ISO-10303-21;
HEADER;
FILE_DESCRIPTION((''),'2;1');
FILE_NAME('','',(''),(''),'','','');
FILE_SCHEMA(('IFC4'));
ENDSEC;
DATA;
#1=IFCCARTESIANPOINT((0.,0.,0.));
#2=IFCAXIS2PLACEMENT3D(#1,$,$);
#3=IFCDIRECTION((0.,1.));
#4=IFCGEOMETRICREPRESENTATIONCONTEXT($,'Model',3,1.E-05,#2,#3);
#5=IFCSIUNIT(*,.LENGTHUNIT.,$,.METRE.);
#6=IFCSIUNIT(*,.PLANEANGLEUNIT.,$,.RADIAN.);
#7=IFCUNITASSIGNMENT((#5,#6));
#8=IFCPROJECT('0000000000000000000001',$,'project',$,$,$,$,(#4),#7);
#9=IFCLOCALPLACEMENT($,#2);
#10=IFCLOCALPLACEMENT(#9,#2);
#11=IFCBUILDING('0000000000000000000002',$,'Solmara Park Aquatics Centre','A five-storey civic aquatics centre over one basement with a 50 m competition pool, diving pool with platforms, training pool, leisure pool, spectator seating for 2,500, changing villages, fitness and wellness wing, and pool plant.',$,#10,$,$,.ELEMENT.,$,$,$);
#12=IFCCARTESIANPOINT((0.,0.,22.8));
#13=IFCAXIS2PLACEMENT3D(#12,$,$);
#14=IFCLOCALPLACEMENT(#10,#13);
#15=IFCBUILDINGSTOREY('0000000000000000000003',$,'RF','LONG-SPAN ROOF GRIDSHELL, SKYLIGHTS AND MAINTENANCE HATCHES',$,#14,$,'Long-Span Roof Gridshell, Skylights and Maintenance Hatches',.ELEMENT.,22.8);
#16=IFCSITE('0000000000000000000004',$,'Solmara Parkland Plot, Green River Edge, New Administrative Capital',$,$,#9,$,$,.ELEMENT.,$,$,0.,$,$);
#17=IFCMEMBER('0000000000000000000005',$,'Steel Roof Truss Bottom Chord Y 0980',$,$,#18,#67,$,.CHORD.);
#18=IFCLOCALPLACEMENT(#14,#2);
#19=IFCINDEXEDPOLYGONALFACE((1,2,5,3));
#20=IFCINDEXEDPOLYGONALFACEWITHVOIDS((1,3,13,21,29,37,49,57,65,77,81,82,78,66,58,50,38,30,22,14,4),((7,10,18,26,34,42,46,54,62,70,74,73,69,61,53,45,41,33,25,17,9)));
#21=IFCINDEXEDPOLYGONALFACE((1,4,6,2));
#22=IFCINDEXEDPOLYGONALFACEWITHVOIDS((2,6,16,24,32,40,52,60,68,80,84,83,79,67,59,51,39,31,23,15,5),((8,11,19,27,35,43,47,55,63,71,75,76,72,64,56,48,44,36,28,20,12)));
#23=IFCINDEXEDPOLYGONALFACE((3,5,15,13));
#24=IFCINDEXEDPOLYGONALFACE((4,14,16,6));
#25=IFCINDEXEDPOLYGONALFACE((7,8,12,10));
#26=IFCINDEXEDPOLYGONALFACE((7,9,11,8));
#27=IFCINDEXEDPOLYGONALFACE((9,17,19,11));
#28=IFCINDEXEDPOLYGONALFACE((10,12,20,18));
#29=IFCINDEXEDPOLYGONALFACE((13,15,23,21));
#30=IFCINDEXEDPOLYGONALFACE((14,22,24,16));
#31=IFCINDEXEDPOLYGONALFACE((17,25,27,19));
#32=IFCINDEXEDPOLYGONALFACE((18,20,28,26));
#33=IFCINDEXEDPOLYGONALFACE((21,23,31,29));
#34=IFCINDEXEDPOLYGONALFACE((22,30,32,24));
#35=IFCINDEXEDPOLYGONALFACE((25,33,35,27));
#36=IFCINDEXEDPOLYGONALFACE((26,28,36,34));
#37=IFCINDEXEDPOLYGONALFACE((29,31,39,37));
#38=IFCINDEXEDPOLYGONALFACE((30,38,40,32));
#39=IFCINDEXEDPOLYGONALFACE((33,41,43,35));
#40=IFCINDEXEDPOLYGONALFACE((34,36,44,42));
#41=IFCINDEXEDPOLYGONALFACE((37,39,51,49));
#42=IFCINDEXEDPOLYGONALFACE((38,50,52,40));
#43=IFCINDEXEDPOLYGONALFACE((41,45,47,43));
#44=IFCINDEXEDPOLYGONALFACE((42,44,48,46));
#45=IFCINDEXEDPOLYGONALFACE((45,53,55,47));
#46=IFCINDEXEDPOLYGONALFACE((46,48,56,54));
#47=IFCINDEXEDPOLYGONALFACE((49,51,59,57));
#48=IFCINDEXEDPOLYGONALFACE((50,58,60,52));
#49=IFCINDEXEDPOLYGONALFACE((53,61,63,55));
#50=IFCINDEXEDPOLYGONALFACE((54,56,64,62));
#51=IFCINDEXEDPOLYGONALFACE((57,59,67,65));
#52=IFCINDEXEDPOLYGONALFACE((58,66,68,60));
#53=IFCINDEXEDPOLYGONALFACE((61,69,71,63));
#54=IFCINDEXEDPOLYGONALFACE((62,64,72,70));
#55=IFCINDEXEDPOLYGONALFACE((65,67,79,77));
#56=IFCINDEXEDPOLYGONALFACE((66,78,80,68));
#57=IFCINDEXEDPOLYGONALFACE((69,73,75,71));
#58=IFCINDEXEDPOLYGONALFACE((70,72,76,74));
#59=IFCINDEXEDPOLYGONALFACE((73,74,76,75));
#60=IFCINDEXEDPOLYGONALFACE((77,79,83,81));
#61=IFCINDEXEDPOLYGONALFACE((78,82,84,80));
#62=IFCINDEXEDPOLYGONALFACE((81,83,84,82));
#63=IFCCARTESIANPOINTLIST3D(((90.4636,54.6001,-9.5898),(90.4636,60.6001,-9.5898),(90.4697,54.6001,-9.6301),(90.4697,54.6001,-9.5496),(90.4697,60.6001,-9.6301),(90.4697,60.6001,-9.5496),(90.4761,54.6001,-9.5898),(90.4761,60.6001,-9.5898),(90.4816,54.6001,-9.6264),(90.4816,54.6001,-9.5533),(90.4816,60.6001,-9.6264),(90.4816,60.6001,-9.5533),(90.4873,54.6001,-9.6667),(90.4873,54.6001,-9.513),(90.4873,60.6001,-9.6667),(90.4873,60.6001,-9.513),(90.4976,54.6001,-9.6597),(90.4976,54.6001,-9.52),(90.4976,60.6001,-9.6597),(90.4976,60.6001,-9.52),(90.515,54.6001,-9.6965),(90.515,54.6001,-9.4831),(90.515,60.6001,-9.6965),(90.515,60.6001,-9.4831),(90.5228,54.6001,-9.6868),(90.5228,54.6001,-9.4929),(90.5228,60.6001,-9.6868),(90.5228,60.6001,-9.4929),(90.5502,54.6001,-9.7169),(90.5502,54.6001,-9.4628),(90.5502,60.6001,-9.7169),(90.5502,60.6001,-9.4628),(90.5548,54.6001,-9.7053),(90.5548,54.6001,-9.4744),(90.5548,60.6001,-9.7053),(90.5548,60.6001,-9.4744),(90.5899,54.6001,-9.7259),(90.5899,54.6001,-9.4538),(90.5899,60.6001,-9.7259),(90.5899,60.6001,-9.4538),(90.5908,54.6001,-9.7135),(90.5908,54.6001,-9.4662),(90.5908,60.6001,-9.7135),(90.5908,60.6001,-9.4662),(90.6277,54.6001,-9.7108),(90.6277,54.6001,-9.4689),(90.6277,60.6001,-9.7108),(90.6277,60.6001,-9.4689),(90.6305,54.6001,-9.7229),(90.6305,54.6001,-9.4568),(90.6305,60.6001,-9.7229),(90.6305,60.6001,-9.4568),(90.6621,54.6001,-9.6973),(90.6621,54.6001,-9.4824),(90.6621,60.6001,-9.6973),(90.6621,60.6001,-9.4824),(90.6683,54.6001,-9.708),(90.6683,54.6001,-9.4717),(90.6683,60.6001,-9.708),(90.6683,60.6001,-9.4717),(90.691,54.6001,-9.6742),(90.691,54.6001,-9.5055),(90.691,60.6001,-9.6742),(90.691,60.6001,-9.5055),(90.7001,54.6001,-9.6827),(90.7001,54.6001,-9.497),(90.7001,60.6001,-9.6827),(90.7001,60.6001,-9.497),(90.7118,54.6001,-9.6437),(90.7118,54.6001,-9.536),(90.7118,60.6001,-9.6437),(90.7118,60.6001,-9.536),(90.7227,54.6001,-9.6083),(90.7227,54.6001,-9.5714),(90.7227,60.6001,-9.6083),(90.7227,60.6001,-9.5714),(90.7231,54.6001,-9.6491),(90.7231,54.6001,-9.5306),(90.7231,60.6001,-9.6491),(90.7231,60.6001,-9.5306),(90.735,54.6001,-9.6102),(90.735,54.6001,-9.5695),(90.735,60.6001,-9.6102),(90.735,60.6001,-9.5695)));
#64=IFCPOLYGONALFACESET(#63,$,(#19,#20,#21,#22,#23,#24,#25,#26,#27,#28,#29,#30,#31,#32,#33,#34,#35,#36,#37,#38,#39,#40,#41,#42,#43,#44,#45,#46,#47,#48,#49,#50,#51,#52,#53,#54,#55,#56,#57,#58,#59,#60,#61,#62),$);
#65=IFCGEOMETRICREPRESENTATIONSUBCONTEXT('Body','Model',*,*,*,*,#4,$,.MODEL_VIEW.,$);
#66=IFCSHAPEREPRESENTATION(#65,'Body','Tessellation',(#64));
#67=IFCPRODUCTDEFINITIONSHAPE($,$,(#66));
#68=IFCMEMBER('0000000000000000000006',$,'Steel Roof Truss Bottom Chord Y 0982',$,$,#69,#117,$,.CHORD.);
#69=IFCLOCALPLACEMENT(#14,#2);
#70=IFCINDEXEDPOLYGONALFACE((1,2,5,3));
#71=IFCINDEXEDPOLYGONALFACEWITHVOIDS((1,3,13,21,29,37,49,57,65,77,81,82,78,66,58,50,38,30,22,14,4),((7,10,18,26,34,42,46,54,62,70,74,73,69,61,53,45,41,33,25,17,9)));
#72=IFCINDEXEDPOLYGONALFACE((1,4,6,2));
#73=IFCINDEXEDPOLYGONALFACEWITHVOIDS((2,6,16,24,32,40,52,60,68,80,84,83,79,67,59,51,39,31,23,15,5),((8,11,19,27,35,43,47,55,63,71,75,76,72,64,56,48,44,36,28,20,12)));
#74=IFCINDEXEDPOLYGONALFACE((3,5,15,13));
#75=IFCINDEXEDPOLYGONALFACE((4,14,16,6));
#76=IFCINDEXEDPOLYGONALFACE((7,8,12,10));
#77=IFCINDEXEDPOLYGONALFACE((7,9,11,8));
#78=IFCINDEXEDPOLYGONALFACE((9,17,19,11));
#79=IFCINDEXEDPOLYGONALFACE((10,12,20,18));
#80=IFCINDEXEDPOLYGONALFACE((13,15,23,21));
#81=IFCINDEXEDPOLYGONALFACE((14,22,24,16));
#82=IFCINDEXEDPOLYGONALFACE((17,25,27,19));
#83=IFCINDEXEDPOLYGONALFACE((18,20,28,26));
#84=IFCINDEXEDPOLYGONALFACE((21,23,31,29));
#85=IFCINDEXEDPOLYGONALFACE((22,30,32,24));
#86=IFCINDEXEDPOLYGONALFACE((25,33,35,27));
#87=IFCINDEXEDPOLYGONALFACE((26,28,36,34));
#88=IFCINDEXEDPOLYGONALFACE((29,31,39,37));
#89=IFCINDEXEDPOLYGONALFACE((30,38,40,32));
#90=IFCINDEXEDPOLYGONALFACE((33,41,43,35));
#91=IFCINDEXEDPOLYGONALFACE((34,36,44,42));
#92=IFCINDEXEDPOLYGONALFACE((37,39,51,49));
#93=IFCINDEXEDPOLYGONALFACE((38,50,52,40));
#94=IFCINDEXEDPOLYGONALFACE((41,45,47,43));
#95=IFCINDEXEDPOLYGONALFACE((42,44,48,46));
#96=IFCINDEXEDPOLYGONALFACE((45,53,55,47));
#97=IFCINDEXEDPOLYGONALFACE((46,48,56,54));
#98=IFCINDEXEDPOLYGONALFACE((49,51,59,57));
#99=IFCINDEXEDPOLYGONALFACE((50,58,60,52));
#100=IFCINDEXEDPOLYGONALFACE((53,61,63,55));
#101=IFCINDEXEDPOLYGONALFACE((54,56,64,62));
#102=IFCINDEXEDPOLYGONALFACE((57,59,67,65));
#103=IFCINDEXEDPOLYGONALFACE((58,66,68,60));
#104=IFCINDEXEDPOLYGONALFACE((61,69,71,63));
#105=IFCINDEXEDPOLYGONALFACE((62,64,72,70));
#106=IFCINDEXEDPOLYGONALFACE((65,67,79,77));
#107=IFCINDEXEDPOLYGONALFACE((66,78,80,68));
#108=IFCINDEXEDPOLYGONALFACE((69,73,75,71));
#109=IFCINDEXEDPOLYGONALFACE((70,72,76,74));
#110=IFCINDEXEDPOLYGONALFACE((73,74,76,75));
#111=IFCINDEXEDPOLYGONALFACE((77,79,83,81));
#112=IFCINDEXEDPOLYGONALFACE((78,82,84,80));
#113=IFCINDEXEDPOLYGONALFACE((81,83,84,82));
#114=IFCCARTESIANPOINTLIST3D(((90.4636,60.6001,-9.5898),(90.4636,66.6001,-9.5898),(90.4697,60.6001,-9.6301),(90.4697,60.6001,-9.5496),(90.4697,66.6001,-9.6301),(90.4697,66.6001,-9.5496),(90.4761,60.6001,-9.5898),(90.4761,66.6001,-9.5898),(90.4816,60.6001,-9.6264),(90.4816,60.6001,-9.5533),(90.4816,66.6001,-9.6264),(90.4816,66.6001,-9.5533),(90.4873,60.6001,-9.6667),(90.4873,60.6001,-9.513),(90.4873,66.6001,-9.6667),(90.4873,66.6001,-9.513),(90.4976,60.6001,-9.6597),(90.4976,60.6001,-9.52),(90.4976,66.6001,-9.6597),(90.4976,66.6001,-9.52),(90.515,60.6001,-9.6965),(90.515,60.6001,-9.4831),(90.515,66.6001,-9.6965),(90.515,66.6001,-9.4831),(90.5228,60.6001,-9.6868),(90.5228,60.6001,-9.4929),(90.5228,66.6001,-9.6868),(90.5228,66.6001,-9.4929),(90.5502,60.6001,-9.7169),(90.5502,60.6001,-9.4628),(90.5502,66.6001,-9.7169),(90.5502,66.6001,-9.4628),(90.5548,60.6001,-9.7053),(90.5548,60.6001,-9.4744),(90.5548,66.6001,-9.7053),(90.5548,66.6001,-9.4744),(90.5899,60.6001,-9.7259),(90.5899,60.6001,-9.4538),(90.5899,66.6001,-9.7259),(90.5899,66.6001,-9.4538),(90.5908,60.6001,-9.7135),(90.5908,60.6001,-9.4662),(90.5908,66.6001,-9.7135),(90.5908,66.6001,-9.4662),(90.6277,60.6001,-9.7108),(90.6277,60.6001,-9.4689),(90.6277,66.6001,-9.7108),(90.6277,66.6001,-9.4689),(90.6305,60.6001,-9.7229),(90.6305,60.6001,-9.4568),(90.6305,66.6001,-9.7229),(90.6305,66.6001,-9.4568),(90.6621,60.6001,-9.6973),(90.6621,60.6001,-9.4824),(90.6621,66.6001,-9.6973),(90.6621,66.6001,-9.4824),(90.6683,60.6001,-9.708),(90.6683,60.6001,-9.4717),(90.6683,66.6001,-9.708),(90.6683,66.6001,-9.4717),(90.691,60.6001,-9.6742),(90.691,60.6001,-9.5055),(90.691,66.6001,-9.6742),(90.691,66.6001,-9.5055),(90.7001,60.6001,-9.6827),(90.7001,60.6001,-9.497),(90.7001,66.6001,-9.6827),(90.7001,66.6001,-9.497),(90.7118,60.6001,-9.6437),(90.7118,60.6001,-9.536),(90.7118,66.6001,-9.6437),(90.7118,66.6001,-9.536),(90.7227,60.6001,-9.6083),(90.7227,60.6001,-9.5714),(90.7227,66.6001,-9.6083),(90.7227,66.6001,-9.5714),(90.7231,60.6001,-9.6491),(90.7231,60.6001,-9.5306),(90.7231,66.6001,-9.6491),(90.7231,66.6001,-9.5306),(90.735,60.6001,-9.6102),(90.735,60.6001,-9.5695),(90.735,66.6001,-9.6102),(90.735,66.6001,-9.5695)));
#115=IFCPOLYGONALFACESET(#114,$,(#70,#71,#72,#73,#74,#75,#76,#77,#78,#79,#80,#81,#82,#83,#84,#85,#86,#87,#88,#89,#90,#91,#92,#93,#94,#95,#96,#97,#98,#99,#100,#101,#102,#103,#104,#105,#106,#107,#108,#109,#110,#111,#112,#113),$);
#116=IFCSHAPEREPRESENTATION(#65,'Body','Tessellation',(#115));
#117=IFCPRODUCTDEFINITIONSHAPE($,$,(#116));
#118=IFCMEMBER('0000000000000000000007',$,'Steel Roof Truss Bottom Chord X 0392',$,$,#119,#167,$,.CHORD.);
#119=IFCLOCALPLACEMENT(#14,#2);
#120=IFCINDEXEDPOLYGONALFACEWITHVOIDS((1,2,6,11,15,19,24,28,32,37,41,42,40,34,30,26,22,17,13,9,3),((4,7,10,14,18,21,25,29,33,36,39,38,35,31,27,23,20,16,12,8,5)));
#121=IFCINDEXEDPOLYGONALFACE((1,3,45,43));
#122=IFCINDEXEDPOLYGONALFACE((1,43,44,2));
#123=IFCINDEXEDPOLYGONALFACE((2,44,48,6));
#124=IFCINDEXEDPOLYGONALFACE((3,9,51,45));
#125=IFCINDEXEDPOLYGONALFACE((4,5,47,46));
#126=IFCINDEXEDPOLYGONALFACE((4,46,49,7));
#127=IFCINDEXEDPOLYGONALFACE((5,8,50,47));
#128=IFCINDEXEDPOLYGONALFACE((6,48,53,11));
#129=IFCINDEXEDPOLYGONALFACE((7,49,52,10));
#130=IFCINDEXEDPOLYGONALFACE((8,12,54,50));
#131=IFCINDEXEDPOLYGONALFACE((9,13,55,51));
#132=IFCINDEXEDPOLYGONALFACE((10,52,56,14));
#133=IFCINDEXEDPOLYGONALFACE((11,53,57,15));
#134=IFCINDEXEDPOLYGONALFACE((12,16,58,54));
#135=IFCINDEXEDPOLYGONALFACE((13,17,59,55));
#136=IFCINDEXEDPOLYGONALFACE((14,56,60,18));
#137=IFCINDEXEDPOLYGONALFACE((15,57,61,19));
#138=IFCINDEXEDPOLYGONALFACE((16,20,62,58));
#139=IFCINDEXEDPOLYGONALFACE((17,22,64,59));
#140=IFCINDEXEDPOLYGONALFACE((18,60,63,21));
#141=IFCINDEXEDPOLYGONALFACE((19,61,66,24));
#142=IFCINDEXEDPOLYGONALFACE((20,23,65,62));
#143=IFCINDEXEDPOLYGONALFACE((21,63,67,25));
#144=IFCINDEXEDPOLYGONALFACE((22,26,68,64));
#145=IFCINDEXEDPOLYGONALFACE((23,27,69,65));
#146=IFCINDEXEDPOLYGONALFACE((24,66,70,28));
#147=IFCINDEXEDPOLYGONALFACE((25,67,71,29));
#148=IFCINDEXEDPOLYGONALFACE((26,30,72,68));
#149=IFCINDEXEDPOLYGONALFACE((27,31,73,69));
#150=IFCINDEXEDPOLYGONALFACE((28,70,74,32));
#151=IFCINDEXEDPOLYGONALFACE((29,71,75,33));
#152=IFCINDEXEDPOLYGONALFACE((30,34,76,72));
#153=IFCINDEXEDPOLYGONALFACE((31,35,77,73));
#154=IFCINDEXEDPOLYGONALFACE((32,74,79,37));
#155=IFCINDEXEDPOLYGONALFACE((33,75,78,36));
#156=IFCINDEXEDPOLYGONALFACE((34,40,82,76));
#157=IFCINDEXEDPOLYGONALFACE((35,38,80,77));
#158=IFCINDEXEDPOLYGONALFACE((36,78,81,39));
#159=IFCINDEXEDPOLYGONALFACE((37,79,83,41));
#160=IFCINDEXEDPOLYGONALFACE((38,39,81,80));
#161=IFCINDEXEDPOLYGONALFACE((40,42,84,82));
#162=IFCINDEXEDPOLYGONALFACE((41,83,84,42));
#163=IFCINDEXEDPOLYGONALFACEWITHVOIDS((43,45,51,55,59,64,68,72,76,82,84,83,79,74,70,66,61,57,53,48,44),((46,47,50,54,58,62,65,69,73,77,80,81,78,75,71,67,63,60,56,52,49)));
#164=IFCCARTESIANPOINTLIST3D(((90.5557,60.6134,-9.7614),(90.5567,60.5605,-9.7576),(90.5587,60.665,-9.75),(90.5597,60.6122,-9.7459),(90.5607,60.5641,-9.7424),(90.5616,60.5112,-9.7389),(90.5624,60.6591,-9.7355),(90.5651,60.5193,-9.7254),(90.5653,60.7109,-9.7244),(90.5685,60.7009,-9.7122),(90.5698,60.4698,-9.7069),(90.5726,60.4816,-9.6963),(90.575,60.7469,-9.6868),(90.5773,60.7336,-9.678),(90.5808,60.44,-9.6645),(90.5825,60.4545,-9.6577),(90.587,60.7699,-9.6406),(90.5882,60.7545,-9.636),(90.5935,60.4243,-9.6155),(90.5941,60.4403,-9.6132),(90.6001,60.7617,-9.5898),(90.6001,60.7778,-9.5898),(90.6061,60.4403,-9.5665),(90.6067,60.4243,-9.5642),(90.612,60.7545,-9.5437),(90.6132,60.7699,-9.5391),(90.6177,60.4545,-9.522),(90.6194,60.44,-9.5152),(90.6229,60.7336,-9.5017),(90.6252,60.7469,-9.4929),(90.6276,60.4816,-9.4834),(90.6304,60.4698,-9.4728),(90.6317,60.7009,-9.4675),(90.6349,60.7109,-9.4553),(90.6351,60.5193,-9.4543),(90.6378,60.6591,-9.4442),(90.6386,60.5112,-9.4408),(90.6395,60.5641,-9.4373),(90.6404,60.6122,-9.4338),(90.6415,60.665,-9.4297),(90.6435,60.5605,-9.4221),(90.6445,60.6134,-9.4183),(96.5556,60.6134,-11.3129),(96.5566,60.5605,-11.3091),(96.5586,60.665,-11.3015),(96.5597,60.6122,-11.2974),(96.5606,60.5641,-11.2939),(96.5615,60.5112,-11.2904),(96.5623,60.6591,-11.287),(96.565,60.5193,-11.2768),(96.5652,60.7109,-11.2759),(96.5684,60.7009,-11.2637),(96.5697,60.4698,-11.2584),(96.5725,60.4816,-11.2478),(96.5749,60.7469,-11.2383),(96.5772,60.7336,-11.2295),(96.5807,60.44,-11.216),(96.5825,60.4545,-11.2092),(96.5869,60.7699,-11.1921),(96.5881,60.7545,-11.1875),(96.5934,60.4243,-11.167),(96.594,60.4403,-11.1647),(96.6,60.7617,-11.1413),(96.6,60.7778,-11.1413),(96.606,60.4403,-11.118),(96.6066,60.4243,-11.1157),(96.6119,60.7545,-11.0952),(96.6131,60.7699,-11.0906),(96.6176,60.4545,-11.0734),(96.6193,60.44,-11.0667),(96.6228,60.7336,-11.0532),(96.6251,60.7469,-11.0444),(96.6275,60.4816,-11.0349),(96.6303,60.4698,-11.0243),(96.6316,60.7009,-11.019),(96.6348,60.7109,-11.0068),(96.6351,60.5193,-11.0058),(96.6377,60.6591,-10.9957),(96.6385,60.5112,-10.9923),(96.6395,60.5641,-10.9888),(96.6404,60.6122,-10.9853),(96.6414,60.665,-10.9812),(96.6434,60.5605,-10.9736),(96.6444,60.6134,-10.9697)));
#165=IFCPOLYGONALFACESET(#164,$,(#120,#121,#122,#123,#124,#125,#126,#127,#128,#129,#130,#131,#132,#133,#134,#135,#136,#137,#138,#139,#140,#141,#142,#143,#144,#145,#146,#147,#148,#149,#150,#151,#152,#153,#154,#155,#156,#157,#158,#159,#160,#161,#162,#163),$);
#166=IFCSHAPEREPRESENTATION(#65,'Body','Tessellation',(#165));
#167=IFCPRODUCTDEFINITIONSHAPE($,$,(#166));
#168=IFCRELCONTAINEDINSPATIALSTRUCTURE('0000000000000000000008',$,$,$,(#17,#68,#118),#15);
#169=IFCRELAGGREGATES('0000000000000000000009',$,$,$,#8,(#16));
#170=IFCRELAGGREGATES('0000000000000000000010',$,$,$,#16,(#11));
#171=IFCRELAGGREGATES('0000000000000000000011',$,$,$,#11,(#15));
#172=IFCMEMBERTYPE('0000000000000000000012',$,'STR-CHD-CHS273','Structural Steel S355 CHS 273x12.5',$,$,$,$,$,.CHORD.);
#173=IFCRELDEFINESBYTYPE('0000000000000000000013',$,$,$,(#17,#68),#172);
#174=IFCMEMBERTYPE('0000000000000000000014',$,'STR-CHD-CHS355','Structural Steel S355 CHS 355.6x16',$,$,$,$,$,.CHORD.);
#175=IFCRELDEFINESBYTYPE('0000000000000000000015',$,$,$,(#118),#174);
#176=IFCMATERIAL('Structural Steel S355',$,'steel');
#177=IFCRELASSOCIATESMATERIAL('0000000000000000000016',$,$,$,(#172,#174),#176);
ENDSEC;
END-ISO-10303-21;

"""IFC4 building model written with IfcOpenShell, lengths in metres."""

from ifc_helpers import new_model, si_unit, direction, frame, origin, origin_2d, place, context, subcontext, project, spatial, hollow_circle, extrude, material, material_profile, profile_set, type_object, element, save


model = new_model("IFC4")

# Units and contexts
model_context = context("Model", 3, precision=1e-05, world=origin(), true_north=direction((0.0, 1.0)))
body_context = subcontext(model_context, "Body", "Model", "MODEL_VIEW")
ifc_project = project(units=[si_unit("LENGTHUNIT", "METRE"), si_unit("PLANEANGLEUNIT", "RADIAN")], contexts=[model_context])

# Site, building, storey
site_placement = place(None, origin())
site = spatial("IfcSite", under=ifc_project, at=site_placement, Name="Solmara Parkland Plot, Green River Edge, New Administrative Capital", CompositionType="ELEMENT", RefElevation=0.0)
building_placement = place(site_placement, origin())
building = spatial("IfcBuilding", under=site, at=building_placement, Name="Solmara Park Aquatics Centre", Description="A five-storey civic aquatics centre over one basement with a 50 m competition pool, diving pool with platforms, training pool, leisure pool, spectator seating for 2,500, changing villages, fitness and wellness wing, and pool plant.", CompositionType="ELEMENT")
storey_placement = place(building_placement, frame((0.0, 0.0, 22.8)))
storey = spatial("IfcBuildingStorey", under=building, at=storey_placement, Name="RF", Description="LONG-SPAN ROOF GRIDSHELL, SKYLIGHTS AND MAINTENANCE HATCHES", LongName="Long-Span Roof Gridshell, Skylights and Maintenance Hatches", CompositionType="ELEMENT", Elevation=22.8)

# Members
ifc_material_1 = material(Name="Structural Steel S355", Category="steel")
ifc_material_profile_1 = material_profile(ifc_material_1, hollow_circle(Radius=0.1365, WallThickness=0.0125, at=origin_2d()), Name="CHS 273x12.5")
ifc_profile_set_1 = profile_set([ifc_material_profile_1], Name="Structural Steel S355")
member_type_1 = type_object("IfcMemberType", Name="STR-CHD-CHS273", Description="Structural Steel S355 CHS 273x12.5", PredefinedType="CHORD", material=ifc_profile_set_1)
for number, where, z_axis, x_axis, name in (
    (1, (90.6001, 54.6001, -9.5898), (0.0, 1.0, 0.0), (-1.0, 0.0, 0.0), "Steel Roof Truss Bottom Chord Y 0980"),
    (2, (90.6001, 60.6001, -9.5898), (0.0, 1.0, 0.0), (-1.0, 0.0, 0.0), "Steel Roof Truss Bottom Chord Y 0982"),
):
    element("IfcMember", number, at=place(storey_placement, frame(where, z_axis=z_axis, x_axis=x_axis)), inside=storey, type_object=member_type_1, Name=name, PredefinedType="CHORD", context=body_context, shape_type="SweptSolid", body=[
        extrude(hollow_circle(Radius=0.1365, WallThickness=0.0125, at=origin_2d()), origin(), (0.0, 0.0, 1.0), 6.0),
    ])
ifc_material_profile_2 = material_profile(ifc_material_1, hollow_circle(Radius=0.1777, WallThickness=0.0161, at=origin_2d()), Name="CHS 355.6x16")
ifc_profile_set_2 = profile_set([ifc_material_profile_2], Name="Structural Steel S355")
member_type_2 = type_object("IfcMemberType", Name="STR-CHD-CHS355", Description="Structural Steel S355 CHS 355.6x16", PredefinedType="CHORD", material=ifc_profile_set_2)
for number, where, z_axis, x_axis, name in (
    (3, (90.6001, 60.6001, -9.5898), (0.968155, 0.0, -0.250351), (0.0, 1.0, 0.0), "Steel Roof Truss Bottom Chord X 0392"),
):
    element("IfcMember", number, at=place(storey_placement, frame(where, z_axis=z_axis, x_axis=x_axis)), inside=storey, type_object=member_type_2, Name=name, PredefinedType="CHORD", context=body_context, shape_type="SweptSolid", body=[
        extrude(hollow_circle(Radius=0.1777, WallThickness=0.0161, at=origin_2d()), origin(), (0.0, 0.0, 1.0), 6.1973),
    ])

save(model, "model.ifc")
